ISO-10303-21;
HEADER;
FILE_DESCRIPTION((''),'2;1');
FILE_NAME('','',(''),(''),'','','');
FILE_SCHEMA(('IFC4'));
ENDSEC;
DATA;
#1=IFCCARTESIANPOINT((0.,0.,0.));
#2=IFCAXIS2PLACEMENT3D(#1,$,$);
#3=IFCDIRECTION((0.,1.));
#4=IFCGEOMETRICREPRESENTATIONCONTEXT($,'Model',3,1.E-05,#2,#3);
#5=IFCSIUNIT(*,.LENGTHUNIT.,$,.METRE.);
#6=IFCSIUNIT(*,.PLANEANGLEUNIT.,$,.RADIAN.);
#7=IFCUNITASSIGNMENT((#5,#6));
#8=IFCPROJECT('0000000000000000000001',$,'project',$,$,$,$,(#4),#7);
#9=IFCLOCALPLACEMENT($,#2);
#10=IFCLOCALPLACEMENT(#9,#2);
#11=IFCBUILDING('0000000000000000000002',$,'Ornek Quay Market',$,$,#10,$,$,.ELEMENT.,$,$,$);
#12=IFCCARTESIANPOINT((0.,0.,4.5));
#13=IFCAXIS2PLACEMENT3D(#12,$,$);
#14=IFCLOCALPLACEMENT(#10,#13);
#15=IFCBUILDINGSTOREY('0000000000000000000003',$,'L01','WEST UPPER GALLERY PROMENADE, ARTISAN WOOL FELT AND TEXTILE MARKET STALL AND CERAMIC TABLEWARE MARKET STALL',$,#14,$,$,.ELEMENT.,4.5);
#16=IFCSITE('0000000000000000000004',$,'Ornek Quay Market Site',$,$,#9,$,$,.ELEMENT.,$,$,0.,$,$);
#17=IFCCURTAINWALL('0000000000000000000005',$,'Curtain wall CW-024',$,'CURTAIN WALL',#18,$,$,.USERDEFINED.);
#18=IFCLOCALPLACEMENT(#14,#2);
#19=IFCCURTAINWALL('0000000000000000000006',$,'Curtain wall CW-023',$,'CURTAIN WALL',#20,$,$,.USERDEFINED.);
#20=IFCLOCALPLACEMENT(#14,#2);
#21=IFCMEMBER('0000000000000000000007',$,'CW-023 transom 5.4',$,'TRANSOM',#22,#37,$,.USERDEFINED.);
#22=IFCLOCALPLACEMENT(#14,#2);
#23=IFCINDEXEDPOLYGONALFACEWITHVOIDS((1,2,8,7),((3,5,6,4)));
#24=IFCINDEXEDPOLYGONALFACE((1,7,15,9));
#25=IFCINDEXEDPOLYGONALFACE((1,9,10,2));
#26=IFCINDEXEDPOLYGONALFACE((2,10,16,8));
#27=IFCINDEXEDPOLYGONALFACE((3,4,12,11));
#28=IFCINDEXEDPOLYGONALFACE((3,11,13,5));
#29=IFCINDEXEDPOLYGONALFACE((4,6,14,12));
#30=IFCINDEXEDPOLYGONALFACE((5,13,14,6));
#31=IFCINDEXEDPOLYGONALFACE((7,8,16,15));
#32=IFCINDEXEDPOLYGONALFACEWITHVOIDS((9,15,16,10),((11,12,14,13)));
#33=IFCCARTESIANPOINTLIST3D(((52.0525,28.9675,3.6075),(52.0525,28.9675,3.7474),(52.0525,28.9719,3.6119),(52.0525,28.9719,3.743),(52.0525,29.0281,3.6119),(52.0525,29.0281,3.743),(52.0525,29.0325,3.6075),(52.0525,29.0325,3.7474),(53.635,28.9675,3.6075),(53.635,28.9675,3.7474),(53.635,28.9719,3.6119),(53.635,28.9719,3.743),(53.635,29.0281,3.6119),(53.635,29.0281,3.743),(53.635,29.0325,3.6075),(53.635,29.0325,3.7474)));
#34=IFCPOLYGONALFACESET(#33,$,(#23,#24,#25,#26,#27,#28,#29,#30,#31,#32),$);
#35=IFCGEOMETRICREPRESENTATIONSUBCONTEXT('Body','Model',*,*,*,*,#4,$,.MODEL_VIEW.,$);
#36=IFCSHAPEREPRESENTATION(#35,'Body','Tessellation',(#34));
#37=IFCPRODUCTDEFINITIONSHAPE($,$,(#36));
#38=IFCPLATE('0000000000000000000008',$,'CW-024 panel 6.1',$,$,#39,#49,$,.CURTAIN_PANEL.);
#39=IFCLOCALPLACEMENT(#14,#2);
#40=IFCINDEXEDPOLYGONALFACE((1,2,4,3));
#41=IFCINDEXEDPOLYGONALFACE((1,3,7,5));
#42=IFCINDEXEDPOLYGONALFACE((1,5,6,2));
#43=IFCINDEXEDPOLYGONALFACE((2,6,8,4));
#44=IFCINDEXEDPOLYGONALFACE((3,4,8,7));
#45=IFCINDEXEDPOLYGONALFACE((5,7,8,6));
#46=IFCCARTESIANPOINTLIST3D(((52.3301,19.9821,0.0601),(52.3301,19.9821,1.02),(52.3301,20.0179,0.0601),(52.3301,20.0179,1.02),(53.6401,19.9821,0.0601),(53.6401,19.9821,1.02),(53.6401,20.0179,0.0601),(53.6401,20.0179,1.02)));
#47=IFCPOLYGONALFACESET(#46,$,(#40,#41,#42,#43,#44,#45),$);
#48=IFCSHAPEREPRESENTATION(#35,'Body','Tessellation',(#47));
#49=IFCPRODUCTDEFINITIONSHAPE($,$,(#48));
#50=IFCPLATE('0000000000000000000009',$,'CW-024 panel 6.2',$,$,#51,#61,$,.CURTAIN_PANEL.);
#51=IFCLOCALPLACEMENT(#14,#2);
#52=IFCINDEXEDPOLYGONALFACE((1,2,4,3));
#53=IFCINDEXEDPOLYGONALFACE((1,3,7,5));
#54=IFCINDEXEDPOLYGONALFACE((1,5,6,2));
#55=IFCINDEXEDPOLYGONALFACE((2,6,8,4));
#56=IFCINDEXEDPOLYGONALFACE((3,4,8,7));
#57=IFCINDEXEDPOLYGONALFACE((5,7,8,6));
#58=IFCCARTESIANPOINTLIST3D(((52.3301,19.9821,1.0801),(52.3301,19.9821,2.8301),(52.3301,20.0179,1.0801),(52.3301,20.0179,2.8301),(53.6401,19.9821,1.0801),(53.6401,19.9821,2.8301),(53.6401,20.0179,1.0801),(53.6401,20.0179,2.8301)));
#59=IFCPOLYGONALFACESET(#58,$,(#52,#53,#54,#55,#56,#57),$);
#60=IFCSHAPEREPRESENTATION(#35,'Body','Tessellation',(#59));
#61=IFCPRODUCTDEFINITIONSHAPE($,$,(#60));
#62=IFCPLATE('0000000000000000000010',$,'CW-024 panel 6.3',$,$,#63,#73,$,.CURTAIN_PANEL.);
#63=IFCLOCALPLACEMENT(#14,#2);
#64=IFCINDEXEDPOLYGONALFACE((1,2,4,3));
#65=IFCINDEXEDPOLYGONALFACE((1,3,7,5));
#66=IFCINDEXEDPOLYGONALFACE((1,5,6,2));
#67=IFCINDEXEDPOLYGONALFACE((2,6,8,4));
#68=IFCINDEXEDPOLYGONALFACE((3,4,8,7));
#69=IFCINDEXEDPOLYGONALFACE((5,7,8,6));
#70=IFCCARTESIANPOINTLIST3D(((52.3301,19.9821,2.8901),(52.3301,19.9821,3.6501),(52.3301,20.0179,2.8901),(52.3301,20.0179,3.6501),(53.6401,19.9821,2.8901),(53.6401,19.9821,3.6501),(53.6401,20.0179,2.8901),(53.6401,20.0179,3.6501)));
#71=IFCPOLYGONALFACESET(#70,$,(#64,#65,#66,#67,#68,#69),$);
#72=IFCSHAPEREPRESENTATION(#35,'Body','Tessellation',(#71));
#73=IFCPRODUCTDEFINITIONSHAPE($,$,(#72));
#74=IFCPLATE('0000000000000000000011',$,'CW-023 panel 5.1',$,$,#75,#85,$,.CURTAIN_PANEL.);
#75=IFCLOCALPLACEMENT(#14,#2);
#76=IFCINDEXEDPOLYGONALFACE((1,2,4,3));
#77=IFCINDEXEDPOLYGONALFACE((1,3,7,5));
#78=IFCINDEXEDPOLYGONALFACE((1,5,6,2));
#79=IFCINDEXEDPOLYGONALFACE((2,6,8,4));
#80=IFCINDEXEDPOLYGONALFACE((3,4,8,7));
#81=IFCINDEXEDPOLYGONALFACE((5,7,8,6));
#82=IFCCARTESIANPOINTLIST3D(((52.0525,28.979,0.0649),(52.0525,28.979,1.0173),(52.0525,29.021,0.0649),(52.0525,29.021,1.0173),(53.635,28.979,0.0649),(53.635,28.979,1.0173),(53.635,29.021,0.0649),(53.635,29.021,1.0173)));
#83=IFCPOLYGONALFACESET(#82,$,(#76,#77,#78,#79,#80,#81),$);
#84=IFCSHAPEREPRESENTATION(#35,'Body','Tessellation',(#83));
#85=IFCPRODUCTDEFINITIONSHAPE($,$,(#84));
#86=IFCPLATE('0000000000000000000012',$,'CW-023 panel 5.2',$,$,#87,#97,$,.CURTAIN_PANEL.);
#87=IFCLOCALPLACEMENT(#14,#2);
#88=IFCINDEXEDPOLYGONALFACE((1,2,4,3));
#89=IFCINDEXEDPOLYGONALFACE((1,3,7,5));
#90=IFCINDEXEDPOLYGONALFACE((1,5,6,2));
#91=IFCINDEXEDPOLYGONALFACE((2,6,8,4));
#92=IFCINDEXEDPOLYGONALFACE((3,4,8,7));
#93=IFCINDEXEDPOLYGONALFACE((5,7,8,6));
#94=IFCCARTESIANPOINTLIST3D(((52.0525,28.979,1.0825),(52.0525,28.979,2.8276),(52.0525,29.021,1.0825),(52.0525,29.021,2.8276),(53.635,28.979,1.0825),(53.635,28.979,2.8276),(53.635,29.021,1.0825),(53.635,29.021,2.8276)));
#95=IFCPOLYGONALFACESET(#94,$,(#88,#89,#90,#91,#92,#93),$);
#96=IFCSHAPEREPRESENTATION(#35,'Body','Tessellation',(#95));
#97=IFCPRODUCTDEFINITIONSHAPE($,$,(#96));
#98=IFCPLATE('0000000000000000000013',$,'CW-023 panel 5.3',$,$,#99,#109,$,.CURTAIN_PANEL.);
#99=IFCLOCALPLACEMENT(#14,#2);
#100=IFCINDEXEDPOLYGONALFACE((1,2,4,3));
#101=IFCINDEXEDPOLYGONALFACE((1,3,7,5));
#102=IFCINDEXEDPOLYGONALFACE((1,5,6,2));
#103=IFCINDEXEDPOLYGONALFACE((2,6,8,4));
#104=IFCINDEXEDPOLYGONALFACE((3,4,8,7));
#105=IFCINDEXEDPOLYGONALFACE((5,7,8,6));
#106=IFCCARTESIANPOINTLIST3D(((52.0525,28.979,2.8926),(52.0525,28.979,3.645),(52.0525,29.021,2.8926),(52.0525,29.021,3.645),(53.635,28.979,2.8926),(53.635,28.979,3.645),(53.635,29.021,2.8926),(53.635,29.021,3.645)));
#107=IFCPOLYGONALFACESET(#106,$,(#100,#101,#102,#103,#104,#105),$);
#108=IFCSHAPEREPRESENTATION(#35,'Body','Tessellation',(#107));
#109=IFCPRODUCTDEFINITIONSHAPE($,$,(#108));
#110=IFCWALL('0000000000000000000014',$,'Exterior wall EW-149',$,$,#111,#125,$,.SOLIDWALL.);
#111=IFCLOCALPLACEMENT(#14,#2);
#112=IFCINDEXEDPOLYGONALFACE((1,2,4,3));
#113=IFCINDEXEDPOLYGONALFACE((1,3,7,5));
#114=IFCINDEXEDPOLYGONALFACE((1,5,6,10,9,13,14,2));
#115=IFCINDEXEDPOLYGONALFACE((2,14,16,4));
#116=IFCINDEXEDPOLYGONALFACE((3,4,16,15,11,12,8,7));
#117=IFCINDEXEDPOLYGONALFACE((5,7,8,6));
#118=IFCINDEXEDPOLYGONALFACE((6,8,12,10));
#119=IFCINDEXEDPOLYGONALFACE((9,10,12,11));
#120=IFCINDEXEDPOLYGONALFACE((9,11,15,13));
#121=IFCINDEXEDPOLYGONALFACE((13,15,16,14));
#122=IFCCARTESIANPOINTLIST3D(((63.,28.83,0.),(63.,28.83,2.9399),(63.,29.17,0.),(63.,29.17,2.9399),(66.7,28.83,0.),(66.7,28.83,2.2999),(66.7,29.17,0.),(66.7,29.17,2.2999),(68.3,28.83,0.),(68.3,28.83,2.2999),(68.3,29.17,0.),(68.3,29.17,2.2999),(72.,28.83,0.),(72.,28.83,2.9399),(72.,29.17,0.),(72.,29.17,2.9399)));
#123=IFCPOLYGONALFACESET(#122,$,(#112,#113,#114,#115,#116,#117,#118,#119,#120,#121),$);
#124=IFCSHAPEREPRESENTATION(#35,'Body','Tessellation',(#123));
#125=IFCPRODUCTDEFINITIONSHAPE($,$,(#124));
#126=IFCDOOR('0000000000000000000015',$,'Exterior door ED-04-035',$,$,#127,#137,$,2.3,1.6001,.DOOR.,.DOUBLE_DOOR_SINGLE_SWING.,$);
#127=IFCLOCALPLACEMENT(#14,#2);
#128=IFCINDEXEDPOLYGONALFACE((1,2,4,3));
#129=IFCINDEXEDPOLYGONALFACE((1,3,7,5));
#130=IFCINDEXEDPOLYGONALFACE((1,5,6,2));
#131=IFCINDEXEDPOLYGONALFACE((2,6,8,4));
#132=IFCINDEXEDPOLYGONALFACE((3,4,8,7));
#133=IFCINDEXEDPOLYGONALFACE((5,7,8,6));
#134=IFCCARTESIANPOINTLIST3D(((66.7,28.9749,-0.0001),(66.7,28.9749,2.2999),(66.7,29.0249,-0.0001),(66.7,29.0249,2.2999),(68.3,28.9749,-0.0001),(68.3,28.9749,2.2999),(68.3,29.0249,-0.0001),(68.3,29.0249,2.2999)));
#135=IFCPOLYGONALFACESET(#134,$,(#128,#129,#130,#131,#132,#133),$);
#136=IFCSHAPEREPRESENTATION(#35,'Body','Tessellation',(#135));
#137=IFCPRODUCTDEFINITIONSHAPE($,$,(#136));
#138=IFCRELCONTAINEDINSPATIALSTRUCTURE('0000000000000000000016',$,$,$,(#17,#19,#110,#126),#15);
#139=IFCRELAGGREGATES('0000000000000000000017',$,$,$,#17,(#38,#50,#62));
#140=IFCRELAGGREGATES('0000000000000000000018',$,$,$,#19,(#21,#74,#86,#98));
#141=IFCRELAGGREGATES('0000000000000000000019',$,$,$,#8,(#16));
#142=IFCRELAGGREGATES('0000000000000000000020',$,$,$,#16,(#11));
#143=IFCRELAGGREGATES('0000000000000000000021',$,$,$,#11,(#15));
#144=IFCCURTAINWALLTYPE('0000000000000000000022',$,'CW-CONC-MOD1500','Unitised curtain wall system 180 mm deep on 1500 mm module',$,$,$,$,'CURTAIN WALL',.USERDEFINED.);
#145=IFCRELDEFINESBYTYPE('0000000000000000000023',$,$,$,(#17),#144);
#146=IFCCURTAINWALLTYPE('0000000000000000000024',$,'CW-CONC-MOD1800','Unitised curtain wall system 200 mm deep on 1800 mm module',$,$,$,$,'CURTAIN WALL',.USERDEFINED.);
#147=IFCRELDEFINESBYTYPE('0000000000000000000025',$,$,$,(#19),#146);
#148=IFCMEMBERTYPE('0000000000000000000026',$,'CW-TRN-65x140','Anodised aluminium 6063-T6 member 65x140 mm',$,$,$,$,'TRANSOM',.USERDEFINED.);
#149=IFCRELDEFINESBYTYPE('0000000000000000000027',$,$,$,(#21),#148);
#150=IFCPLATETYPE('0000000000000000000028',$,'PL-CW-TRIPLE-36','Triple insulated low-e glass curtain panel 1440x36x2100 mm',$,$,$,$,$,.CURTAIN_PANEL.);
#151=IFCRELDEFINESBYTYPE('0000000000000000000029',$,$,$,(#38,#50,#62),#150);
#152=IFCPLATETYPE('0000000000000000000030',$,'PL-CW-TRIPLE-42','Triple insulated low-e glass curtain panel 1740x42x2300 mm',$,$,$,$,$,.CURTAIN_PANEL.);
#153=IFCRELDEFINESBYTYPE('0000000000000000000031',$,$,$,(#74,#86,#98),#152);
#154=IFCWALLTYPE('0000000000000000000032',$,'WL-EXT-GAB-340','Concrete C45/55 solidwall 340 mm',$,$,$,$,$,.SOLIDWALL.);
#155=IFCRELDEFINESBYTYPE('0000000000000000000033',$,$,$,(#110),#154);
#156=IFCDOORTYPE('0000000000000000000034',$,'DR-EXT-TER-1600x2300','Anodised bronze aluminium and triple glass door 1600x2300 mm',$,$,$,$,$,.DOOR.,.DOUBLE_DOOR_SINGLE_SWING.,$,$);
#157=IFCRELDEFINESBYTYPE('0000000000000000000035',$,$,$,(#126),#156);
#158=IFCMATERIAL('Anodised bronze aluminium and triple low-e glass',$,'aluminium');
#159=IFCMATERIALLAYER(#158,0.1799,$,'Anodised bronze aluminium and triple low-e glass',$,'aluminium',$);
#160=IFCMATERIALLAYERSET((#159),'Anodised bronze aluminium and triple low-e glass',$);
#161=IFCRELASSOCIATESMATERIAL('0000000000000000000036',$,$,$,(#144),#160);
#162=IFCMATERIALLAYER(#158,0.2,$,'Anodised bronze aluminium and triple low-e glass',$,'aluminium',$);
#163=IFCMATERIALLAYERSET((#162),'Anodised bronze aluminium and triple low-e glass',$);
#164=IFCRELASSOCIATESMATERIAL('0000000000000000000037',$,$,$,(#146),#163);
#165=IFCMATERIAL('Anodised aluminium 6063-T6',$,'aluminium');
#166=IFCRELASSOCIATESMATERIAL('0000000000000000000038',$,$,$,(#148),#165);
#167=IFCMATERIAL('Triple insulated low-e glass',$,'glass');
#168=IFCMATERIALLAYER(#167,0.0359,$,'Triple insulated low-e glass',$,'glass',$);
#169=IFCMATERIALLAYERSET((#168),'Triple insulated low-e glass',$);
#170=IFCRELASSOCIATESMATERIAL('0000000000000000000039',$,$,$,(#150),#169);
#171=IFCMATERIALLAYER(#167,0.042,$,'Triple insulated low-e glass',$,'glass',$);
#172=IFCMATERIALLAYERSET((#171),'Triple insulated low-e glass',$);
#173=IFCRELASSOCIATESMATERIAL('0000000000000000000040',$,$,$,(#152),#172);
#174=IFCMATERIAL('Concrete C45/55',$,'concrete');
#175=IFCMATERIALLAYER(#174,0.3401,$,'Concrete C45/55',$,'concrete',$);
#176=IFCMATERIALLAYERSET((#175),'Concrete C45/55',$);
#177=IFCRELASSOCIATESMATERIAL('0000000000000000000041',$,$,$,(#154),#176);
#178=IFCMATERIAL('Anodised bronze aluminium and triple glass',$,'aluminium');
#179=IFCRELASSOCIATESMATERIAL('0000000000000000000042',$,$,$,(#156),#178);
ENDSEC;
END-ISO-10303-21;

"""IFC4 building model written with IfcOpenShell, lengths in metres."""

from ifc_helpers import new_model, si_unit, direction, frame, frame_2d, origin, origin_2d, place, context, subcontext, project, spatial, rectangle, hollow_rectangle, extrude, material, layer, layer_set, material_profile, profile_set, type_object, element, fill, aggregate, save


model = new_model("IFC4")

# Units and contexts
model_context = context("Model", 3, precision=1e-05, world=origin(), true_north=direction((0.0, 1.0)))
body_context = subcontext(model_context, "Body", "Model", "MODEL_VIEW")
ifc_project = project(units=[si_unit("LENGTHUNIT", "METRE"), si_unit("PLANEANGLEUNIT", "RADIAN")], contexts=[model_context])

# Site, building, storey
site_placement = place(None, origin())
site = spatial("IfcSite", under=ifc_project, at=site_placement, Name="Ornek Quay Market Site", CompositionType="ELEMENT", RefElevation=0.0)
building_placement = place(site_placement, origin())
building = spatial("IfcBuilding", under=site, at=building_placement, Name="Ornek Quay Market", CompositionType="ELEMENT")
storey_placement = place(building_placement, frame((0.0, 0.0, 4.5)))
storey = spatial("IfcBuildingStorey", under=building, at=storey_placement, Name="L01", Description="WEST UPPER GALLERY PROMENADE, ARTISAN WOOL FELT AND TEXTILE MARKET STALL AND CERAMIC TABLEWARE MARKET STALL", CompositionType="ELEMENT", Elevation=4.5)

# Shared definitions
ifc_material_1 = material(Name="Concrete C45/55", Category="concrete")

# Curtain wall
ifc_material_2 = material(Name="Anodised bronze aluminium and triple low-e glass", Category="aluminium")
ifc_layer_1 = layer(ifc_material_2, 0.1799, Name="Anodised bronze aluminium and triple low-e glass", Category="aluminium")
ifc_layer_set_1 = layer_set([ifc_layer_1], Name="Anodised bronze aluminium and triple low-e glass")
curtain_wall_type_1 = type_object("IfcCurtainWallType", Name="CW-CONC-MOD1500", Description="Unitised curtain wall system 180 mm deep on 1500 mm module", ElementType="CURTAIN WALL", PredefinedType="USERDEFINED", material=ifc_layer_set_1)
curtain_wall_1_placement = place(storey_placement, origin())
curtain_wall_1 = element("IfcCurtainWall", 1, at=curtain_wall_1_placement, inside=storey, type_object=curtain_wall_type_1, Name="Curtain wall CW-024", ObjectType="CURTAIN WALL", PredefinedType="USERDEFINED")
ifc_material_3 = material(Name="Anodised aluminium 6063-T6", Category="aluminium")

# Curtain wall
ifc_layer_2 = layer(ifc_material_2, 0.2, Name="Anodised bronze aluminium and triple low-e glass", Category="aluminium")
ifc_layer_set_2 = layer_set([ifc_layer_2], Name="Anodised bronze aluminium and triple low-e glass")
curtain_wall_type_2 = type_object("IfcCurtainWallType", Name="CW-CONC-MOD1800", Description="Unitised curtain wall system 200 mm deep on 1800 mm module", ElementType="CURTAIN WALL", PredefinedType="USERDEFINED", material=ifc_layer_set_2)
curtain_wall_2_placement = place(storey_placement, origin())
curtain_wall_2 = element("IfcCurtainWall", 2, at=curtain_wall_2_placement, inside=storey, type_object=curtain_wall_type_2, Name="Curtain wall CW-023", ObjectType="CURTAIN WALL", PredefinedType="USERDEFINED")

# Member
ifc_material_profile_1 = material_profile(ifc_material_3, hollow_rectangle(XDim=0.0649, YDim=0.1399, WallThickness=0.0044, at=origin_2d()), Name="CW-TRN-65x140", Category="aluminium")
ifc_profile_set_1 = profile_set([ifc_material_profile_1], Name="Anodised aluminium 6063-T6")
member_type_1 = type_object("IfcMemberType", Name="CW-TRN-65x140", Description="Anodised aluminium 6063-T6 member 65x140 mm", ElementType="TRANSOM", PredefinedType="USERDEFINED", material=ifc_profile_set_1)
member_1_placement = place(storey_placement, frame((52.0525, 29.0, 3.6775), z_axis=(1.0, 0.0, 0.0), x_axis=(0.0, 1.0, 0.0)))
member_1 = element("IfcMember", 3, at=member_1_placement, type_object=member_type_1, Name="CW-023 transom 5.4", ObjectType="TRANSOM", PredefinedType="USERDEFINED", context=body_context, shape_type="SweptSolid", body=[
    extrude(hollow_rectangle(XDim=0.0649, YDim=0.1399, WallThickness=0.0044, at=origin_2d()), origin(), (0.0, 0.0, 1.0), 1.5825),
])

# Plates
ifc_material_4 = material(Name="Triple insulated low-e glass", Category="glass")
ifc_layer_3 = layer(ifc_material_4, 0.0359, Name="Triple insulated low-e glass", Category="glass")
ifc_layer_set_3 = layer_set([ifc_layer_3], Name="Triple insulated low-e glass")
plate_type_1 = type_object("IfcPlateType", Name="PL-CW-TRIPLE-36", Description="Triple insulated low-e glass curtain panel 1440x36x2100 mm", PredefinedType="CURTAIN_PANEL", material=ifc_layer_set_3)
plate_1_placement = place(storey_placement, frame((52.9851, 20.0, 0.0601), z_axis=(0.0, 0.0, 1.0), x_axis=(1.0, 0.0, 0.0)))
plate_1 = element("IfcPlate", 4, at=plate_1_placement, type_object=plate_type_1, Name="CW-024 panel 6.1", PredefinedType="CURTAIN_PANEL", context=body_context, shape_type="SweptSolid", body=[
    extrude(rectangle(XDim=1.3101, YDim=0.0359, at=origin_2d()), origin(), (0.0, 0.0, 1.0), 0.96),
])
plate_2_placement = place(storey_placement, frame((52.9851, 20.0, 1.0801), z_axis=(0.0, 0.0, 1.0), x_axis=(1.0, 0.0, 0.0)))
plate_2 = element("IfcPlate", 5, at=plate_2_placement, type_object=plate_type_1, Name="CW-024 panel 6.2", PredefinedType="CURTAIN_PANEL", context=body_context, shape_type="SweptSolid", body=[
    extrude(rectangle(XDim=1.3101, YDim=0.0359, at=origin_2d()), origin(), (0.0, 0.0, 1.0), 1.75),
])
plate_3_placement = place(storey_placement, frame((52.9851, 20.0, 2.8901), z_axis=(0.0, 0.0, 1.0), x_axis=(1.0, 0.0, 0.0)))
plate_3 = element("IfcPlate", 6, at=plate_3_placement, type_object=plate_type_1, Name="CW-024 panel 6.3", PredefinedType="CURTAIN_PANEL", context=body_context, shape_type="SweptSolid", body=[
    extrude(rectangle(XDim=1.3101, YDim=0.0359, at=origin_2d()), origin(), (0.0, 0.0, 1.0), 0.76),
])
aggregate(curtain_wall_1, [plate_1, plate_2, plate_3])
ifc_layer_4 = layer(ifc_material_4, 0.042, Name="Triple insulated low-e glass", Category="glass")
ifc_layer_set_4 = layer_set([ifc_layer_4], Name="Triple insulated low-e glass")
plate_type_2 = type_object("IfcPlateType", Name="PL-CW-TRIPLE-42", Description="Triple insulated low-e glass curtain panel 1740x42x2300 mm", PredefinedType="CURTAIN_PANEL", material=ifc_layer_set_4)
plate_4_placement = place(storey_placement, frame((52.8438, 29.0, 0.0649), z_axis=(0.0, 0.0, 1.0), x_axis=(1.0, 0.0, 0.0)))
plate_4 = element("IfcPlate", 7, at=plate_4_placement, type_object=plate_type_2, Name="CW-023 panel 5.1", PredefinedType="CURTAIN_PANEL", context=body_context, shape_type="SweptSolid", body=[
    extrude(rectangle(XDim=1.5825, YDim=0.042, at=origin_2d()), origin(), (0.0, 0.0, 1.0), 0.9524),
])
plate_5_placement = place(storey_placement, frame((52.8438, 29.0, 1.0825), z_axis=(0.0, 0.0, 1.0), x_axis=(1.0, 0.0, 0.0)))
plate_5 = element("IfcPlate", 8, at=plate_5_placement, type_object=plate_type_2, Name="CW-023 panel 5.2", PredefinedType="CURTAIN_PANEL", context=body_context, shape_type="SweptSolid", body=[
    extrude(rectangle(XDim=1.5825, YDim=0.042, at=origin_2d()), origin(), (0.0, 0.0, 1.0), 1.7451),
])
plate_6_placement = place(storey_placement, frame((52.8438, 29.0, 2.8926), z_axis=(0.0, 0.0, 1.0), x_axis=(1.0, 0.0, 0.0)))
plate_6 = element("IfcPlate", 9, at=plate_6_placement, type_object=plate_type_2, Name="CW-023 panel 5.3", PredefinedType="CURTAIN_PANEL", context=body_context, shape_type="SweptSolid", body=[
    extrude(rectangle(XDim=1.5825, YDim=0.042, at=origin_2d()), origin(), (0.0, 0.0, 1.0), 0.7524),
])
aggregate(curtain_wall_2, [member_1, plate_4, plate_5, plate_6])

# Wall, opening, door
ifc_layer_5 = layer(ifc_material_1, 0.3401, Name="Concrete C45/55", Category="concrete")
ifc_layer_set_5 = layer_set([ifc_layer_5], Name="Concrete C45/55")
wall_type_1 = type_object("IfcWallType", Name="WL-EXT-GAB-340", Description="Concrete C45/55 solidwall 340 mm", PredefinedType="SOLIDWALL", material=ifc_layer_set_5)
wall_1_placement = place(storey_placement, frame((63.0, 29.0, 0.0), z_axis=(0.0, 0.0, 1.0), x_axis=(1.0, 0.0, 0.0)))
wall_1 = element("IfcWall", 10, at=wall_1_placement, inside=storey, type_object=wall_type_1, Name="Exterior wall EW-149", PredefinedType="SOLIDWALL", context=body_context, shape_type="SweptSolid", body=[
    extrude(rectangle(XDim=9.0, YDim=0.3401, at=frame_2d((4.5, 0.0))), origin(), (0.0, 0.0, 1.0), 2.9399),
])
opening_1_placement = place(wall_1_placement, frame((3.7, 0.0, 0.0)))
opening_1 = element("IfcOpeningElement", 11, at=opening_1_placement, cuts=wall_1, PredefinedType="OPENING", context=body_context, shape_type="SweptSolid", body=[
    extrude(rectangle(XDim=1.6001, YDim=2.3, at=frame_2d((0.8, 1.1499))), frame((0.0, 0.1799, 0.0), z_axis=(0.0, -1.0, 0.0), x_axis=(1.0, 0.0, 0.0)), (0.0, 0.0, 1.0), 0.3601),
])
ifc_material_5 = material(Name="Anodised bronze aluminium and triple glass", Category="aluminium")
door_type = type_object("IfcDoorType", Name="DR-EXT-TER-1600x2300", Description="Anodised bronze aluminium and triple glass door 1600x2300 mm", OperationType="DOUBLE_DOOR_SINGLE_SWING", PredefinedType="DOOR", material=ifc_material_5)
door_placement = place(opening_1_placement, origin())
door = element("IfcDoor", 12, at=door_placement, inside=storey, type_object=door_type, Name="Exterior door ED-04-035", OperationType="DOUBLE_DOOR_SINGLE_SWING", OverallHeight=2.3, OverallWidth=1.6001, PredefinedType="DOOR", context=body_context, shape_type="SweptSolid", body=[
    extrude(rectangle(XDim=1.6001, YDim=2.3, at=frame_2d((0.8, 1.1499))), frame((0.0, 0.0249, 0.0), z_axis=(0.0, -1.0, 0.0), x_axis=(1.0, 0.0, 0.0)), (0.0, 0.0, 1.0), 0.05),
])
fill(opening_1, door)

save(model, "model.ifc")
